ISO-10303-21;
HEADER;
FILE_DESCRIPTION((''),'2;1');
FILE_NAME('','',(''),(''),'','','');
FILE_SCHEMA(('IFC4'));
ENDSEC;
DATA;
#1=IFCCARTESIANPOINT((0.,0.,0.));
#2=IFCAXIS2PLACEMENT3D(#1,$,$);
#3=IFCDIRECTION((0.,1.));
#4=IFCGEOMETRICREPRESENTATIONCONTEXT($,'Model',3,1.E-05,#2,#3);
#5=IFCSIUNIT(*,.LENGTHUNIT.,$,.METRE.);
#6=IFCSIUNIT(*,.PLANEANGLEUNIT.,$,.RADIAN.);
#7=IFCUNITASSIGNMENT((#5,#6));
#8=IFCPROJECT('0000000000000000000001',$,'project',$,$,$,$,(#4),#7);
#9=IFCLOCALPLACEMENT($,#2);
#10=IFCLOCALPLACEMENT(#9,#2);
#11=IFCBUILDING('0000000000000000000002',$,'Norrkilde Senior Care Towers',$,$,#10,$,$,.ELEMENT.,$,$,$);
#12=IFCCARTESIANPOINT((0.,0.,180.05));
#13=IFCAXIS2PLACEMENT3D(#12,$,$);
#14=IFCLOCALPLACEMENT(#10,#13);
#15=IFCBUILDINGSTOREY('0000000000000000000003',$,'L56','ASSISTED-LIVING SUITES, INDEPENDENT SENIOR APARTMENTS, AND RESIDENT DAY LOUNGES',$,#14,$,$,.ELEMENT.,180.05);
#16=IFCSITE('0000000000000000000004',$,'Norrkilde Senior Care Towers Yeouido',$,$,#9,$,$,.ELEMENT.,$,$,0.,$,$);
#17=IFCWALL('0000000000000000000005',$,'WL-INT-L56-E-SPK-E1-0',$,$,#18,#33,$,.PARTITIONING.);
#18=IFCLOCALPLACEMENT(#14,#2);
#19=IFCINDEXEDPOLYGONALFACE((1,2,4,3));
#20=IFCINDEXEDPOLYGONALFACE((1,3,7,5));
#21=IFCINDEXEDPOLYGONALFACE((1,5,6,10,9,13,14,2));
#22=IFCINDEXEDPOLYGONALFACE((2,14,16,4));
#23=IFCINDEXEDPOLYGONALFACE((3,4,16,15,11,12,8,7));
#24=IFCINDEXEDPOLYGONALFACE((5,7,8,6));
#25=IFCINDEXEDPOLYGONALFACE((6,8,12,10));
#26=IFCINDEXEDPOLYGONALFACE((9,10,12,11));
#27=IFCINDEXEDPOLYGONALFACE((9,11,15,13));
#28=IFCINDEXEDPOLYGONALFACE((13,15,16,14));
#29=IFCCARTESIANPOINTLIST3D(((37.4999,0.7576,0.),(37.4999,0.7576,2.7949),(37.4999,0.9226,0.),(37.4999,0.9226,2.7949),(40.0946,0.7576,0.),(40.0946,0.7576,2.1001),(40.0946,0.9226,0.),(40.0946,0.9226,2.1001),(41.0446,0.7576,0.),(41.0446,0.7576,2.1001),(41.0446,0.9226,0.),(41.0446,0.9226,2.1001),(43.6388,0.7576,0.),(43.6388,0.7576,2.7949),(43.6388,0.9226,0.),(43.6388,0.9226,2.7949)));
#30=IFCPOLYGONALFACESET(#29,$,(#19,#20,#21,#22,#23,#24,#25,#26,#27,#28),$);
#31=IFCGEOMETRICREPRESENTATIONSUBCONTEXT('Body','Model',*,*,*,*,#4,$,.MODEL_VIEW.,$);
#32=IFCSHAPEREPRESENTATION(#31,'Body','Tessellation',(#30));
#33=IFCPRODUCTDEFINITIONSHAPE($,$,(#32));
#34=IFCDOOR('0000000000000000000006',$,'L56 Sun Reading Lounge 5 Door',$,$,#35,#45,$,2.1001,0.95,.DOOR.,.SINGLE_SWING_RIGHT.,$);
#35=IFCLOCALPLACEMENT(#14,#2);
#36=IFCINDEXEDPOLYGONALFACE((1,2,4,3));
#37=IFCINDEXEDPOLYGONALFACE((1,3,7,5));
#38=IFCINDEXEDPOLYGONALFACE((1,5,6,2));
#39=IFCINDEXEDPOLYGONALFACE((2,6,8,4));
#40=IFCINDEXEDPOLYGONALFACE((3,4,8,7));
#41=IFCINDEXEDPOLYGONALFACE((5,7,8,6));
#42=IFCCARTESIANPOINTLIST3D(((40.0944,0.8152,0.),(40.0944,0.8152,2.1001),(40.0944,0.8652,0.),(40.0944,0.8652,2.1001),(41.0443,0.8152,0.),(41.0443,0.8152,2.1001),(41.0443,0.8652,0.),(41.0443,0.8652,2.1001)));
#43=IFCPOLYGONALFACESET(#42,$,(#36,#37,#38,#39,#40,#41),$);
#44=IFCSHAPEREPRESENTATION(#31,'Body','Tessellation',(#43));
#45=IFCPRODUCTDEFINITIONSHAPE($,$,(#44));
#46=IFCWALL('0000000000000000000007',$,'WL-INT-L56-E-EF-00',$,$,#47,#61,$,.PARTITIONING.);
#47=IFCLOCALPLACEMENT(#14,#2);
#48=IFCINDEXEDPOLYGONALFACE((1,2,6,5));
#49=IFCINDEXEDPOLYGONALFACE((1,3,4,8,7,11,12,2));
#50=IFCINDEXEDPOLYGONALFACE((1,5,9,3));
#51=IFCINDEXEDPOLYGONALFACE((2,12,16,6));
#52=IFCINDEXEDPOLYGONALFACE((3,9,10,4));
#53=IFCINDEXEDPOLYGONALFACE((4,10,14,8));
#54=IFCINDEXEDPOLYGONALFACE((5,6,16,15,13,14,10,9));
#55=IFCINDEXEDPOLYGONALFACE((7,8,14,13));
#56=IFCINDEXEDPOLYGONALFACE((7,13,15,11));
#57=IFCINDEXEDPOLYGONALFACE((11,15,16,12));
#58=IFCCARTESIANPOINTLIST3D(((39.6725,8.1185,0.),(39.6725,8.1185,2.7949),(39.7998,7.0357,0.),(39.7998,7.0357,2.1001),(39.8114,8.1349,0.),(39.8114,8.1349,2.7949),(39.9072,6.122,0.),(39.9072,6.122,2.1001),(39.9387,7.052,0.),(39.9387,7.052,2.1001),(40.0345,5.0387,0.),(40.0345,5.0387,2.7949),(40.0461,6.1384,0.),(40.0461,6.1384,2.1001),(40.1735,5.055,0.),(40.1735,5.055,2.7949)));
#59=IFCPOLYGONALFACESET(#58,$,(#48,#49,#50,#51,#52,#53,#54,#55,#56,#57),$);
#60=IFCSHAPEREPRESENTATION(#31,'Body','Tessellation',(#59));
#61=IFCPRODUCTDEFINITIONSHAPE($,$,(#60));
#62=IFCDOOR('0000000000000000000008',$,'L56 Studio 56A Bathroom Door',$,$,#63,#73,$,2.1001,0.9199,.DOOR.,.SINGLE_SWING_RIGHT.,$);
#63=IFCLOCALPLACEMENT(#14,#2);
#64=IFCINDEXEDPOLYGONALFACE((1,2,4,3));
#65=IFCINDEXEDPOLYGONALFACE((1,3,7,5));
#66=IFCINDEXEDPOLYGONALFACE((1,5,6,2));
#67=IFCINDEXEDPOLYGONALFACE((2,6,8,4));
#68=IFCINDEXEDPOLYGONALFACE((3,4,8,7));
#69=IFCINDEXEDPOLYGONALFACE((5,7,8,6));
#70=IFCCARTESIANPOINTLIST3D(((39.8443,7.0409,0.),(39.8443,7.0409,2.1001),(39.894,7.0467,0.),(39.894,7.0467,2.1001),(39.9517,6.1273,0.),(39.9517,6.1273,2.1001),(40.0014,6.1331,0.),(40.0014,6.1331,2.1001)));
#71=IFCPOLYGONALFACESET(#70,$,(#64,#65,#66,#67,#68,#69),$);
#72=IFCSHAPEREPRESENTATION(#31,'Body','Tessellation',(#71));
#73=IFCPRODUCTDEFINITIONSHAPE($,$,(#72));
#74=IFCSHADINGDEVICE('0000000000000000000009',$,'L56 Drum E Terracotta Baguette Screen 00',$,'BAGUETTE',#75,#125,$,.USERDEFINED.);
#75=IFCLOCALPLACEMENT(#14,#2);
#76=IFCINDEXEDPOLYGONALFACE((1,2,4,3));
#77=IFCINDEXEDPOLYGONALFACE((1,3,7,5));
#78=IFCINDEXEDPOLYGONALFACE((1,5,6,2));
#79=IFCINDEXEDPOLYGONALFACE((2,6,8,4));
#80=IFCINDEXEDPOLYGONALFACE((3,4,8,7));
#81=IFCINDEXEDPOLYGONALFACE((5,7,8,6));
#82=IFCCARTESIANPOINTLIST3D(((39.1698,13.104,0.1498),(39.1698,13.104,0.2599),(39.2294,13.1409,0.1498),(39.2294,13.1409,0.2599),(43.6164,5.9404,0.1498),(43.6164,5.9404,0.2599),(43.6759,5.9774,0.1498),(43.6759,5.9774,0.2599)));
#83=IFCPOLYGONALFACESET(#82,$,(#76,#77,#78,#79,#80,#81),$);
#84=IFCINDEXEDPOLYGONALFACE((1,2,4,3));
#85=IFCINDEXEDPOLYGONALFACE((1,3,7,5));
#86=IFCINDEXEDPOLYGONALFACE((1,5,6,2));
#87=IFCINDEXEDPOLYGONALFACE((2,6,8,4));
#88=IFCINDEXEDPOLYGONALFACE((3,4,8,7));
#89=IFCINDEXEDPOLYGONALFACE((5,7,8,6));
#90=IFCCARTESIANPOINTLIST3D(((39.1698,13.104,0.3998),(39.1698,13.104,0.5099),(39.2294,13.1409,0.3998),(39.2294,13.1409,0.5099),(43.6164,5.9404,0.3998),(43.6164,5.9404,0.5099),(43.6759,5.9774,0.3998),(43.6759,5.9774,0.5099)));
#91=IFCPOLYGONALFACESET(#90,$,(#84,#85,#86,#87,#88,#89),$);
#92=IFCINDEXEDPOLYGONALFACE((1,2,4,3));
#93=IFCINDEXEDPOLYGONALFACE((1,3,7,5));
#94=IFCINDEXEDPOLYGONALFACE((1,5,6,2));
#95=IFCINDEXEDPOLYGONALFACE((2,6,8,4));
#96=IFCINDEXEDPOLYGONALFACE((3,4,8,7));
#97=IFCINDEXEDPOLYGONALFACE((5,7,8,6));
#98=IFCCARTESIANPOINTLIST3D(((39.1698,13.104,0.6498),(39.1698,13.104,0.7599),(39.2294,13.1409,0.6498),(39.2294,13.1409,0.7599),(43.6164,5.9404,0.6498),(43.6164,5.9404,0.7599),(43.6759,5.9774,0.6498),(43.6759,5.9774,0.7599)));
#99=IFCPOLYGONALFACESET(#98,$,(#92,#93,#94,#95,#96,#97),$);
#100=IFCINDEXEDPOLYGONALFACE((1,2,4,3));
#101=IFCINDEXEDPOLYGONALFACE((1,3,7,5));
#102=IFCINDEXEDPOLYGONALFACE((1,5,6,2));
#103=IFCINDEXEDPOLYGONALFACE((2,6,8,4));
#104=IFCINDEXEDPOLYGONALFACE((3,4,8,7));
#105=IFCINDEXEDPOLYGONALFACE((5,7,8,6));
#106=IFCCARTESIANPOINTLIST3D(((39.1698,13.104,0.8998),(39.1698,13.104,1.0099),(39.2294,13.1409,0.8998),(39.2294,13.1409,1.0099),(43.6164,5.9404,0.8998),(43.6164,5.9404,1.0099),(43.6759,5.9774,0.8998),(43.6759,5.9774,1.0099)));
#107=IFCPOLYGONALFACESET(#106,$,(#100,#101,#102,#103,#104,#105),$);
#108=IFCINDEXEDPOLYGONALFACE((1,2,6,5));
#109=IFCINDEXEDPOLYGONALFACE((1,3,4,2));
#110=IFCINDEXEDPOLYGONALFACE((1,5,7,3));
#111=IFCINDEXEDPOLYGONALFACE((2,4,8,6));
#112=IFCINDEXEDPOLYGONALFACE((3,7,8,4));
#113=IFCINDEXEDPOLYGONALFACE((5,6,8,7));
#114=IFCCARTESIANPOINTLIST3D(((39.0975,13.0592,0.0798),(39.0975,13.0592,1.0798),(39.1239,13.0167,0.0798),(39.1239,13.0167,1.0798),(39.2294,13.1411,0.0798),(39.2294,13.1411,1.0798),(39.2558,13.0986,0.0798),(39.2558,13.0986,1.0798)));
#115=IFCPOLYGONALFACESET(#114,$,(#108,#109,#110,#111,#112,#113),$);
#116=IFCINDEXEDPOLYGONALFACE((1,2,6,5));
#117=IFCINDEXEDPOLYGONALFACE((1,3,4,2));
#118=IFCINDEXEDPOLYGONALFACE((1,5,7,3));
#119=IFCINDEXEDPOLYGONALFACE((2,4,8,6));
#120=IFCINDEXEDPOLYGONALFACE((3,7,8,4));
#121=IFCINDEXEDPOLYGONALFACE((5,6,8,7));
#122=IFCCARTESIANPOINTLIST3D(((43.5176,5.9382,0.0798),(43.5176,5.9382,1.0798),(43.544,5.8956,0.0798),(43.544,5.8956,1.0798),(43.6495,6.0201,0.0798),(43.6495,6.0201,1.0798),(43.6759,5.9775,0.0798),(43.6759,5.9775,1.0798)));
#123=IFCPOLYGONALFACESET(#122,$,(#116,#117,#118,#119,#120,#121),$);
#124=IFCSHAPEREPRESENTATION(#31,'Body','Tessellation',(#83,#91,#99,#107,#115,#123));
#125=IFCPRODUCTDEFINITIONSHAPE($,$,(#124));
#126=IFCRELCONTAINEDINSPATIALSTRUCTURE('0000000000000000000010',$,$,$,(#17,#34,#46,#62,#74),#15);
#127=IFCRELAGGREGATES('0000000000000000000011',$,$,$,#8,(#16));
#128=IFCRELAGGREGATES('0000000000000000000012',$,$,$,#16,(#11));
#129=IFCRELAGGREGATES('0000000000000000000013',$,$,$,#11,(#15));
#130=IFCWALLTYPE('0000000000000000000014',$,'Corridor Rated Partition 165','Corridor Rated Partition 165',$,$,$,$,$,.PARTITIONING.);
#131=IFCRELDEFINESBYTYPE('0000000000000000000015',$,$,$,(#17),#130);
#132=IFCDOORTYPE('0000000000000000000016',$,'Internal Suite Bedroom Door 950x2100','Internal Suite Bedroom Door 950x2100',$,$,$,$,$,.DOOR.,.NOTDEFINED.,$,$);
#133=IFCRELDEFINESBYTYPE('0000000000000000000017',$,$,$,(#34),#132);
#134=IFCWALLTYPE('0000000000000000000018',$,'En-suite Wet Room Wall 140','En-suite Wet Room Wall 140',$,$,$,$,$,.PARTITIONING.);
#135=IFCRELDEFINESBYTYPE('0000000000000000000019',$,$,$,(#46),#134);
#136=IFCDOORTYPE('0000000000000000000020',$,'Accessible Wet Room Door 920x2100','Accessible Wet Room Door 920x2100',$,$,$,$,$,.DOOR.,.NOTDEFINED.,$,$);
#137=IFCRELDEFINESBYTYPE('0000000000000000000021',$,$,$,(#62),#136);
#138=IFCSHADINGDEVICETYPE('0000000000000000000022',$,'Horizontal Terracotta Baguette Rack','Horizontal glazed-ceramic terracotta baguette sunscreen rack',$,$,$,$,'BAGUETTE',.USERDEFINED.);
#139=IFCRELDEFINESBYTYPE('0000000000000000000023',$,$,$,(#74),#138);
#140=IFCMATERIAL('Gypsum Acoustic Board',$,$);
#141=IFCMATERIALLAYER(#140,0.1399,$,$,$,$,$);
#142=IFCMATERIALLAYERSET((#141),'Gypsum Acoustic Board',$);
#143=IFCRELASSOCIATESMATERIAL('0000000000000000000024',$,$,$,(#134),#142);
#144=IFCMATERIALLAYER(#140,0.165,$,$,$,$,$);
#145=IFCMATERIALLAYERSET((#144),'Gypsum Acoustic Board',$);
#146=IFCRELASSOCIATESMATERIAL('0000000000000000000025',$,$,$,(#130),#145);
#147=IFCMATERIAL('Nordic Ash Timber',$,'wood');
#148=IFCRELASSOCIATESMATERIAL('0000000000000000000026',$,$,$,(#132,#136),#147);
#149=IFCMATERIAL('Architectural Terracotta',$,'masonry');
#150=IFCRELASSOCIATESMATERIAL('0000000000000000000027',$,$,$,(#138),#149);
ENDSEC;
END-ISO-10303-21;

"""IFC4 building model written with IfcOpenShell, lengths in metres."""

from ifc_helpers import new_model, si_unit, direction, frame, frame_2d, origin, origin_2d, place, context, subcontext, project, spatial, rectangle, extrude, source, transform, mapped, material, layer, layer_set, type_object, type_shapes, element, fill, save


model = new_model("IFC4")

# Units and contexts
model_context = context("Model", 3, precision=1e-05, world=origin(), true_north=direction((0.0, 1.0)))
body_context = subcontext(model_context, "Body", "Model", "MODEL_VIEW")
ifc_project = project(units=[si_unit("LENGTHUNIT", "METRE"), si_unit("PLANEANGLEUNIT", "RADIAN")], contexts=[model_context])

# Site, building, storey
site_placement = place(None, origin())
site = spatial("IfcSite", under=ifc_project, at=site_placement, Name="Norrkilde Senior Care Towers Yeouido", CompositionType="ELEMENT", RefElevation=0.0)
building_placement = place(site_placement, origin())
building = spatial("IfcBuilding", under=site, at=building_placement, Name="Norrkilde Senior Care Towers", CompositionType="ELEMENT")
storey_placement = place(building_placement, frame((0.0, 0.0, 180.05)))
storey = spatial("IfcBuildingStorey", under=building, at=storey_placement, Name="L56", Description="ASSISTED-LIVING SUITES, INDEPENDENT SENIOR APARTMENTS, AND RESIDENT DAY LOUNGES", CompositionType="ELEMENT", Elevation=180.05)

# Shared definitions
ifc_material_1 = material(Name="Gypsum Acoustic Board")
ifc_layer_1 = layer(ifc_material_1, 0.1399)
ifc_layer_set_1 = layer_set([ifc_layer_1], Name="Gypsum Acoustic Board")
wall_type_1 = type_object("IfcWallType", Name="En-suite Wet Room Wall 140", Description="En-suite Wet Room Wall 140", PredefinedType="PARTITIONING", material=ifc_layer_set_1)
ifc_layer_2 = layer(ifc_material_1, 0.165)
ifc_layer_set_2 = layer_set([ifc_layer_2], Name="Gypsum Acoustic Board")
wall_type_2 = type_object("IfcWallType", Name="Corridor Rated Partition 165", Description="Corridor Rated Partition 165", PredefinedType="PARTITIONING", material=ifc_layer_set_2)

# Walls, openings, doors
shared_shape_1 = source(origin(), body_context, "Body", "SweptSolid", [
    extrude(rectangle(XDim=6.1389, YDim=0.165, at=frame_2d((3.0693, 0.0))), origin(), (0.0, 0.0, 1.0), 2.7949),
])
wall_1_placement = place(storey_placement, frame((37.5, 0.8401, 0.0), z_axis=(0.0, 0.0, 1.0), x_axis=(1.0, 0.0, 0.0)))
wall_1 = element("IfcWall", 1, at=wall_1_placement, inside=storey, type_object=wall_type_2, Name="WL-INT-L56-E-SPK-E1-0", PredefinedType="PARTITIONING", context=body_context, shape_type="MappedRepresentation", body=[
    mapped(shared_shape_1, transform((0.0, 0.0, 0.0), x_axis=(1.0, 0.0, 0.0), y_axis=(0.0, 1.0, 0.0), z_axis=(0.0, 0.0, 1.0), scale=1.0)),
])
opening_1_placement = place(wall_1_placement, frame((2.5945, 0.0, 0.0)))
opening_1 = element("IfcOpeningElement", 2, at=opening_1_placement, cuts=wall_1, PredefinedType="OPENING", context=body_context, shape_type="SweptSolid", body=[
    extrude(rectangle(XDim=0.95, YDim=2.1001, at=frame_2d((0.4751, 1.05))), frame((0.0, 0.0925, 0.0), z_axis=(0.0, -1.0, 0.0), x_axis=(1.0, 0.0, 0.0)), (0.0, 0.0, 1.0), 0.1851),
])
ifc_material_2 = material(Name="Nordic Ash Timber", Category="wood")
door_type_1 = type_object("IfcDoorType", Name="Internal Suite Bedroom Door 950x2100", Description="Internal Suite Bedroom Door 950x2100", OperationType="NOTDEFINED", PredefinedType="DOOR", material=ifc_material_2)
shared_shape_2 = source(origin(), body_context, "Body", "SweptSolid", [
    extrude(rectangle(XDim=0.95, YDim=2.1001, at=frame_2d((0.4751, 1.05))), frame((0.0, 0.0249, 0.0), z_axis=(0.0, -1.0, 0.0), x_axis=(1.0, 0.0, 0.0)), (0.0, 0.0, 1.0), 0.05),
])
type_shapes(door_type_1, [shared_shape_2])
door_1_placement = place(opening_1_placement, frame((0.95, 0.0, 0.0), z_axis=(0.0, 0.0, 1.0), x_axis=(-1.0, 0.0, 0.0)))
door_1 = element("IfcDoor", 3, at=door_1_placement, inside=storey, type_object=door_type_1, Name="L56 Sun Reading Lounge 5 Door", OperationType="SINGLE_SWING_RIGHT", OverallHeight=2.1001, OverallWidth=0.95, PredefinedType="DOOR", context=body_context, shape_type="MappedRepresentation", body=[
    mapped(shared_shape_2, transform((0.0, 0.0, 0.0), x_axis=(1.0, 0.0, 0.0), y_axis=(0.0, 1.0, 0.0), z_axis=(0.0, 0.0, 1.0), scale=1.0)),
])
fill(opening_1, door_1)
shared_shape_3 = source(origin(), body_context, "Body", "SweptSolid", [
    extrude(rectangle(XDim=3.1011, YDim=0.1399, at=frame_2d((1.5505, 0.0))), origin(), (0.0, 0.0, 1.0), 2.7949),
])
wall_2_placement = place(storey_placement, frame((39.7419, 8.1267, 0.0), z_axis=(0.0, 0.0, 1.0), x_axis=(0.116754, -0.993161, 0.0)))
wall_2 = element("IfcWall", 4, at=wall_2_placement, inside=storey, type_object=wall_type_1, Name="WL-INT-L56-E-EF-00", PredefinedType="PARTITIONING", context=body_context, shape_type="MappedRepresentation", body=[
    mapped(shared_shape_3, transform((0.0, 0.0, 0.0), x_axis=(1.0, 0.0, 0.0), y_axis=(0.0, 1.0, 0.0), z_axis=(0.0, 0.0, 1.0), scale=1.0)),
])
opening_2_placement = place(wall_2_placement, frame((1.0903, 0.0, 0.0)))
opening_2 = element("IfcOpeningElement", 5, at=opening_2_placement, cuts=wall_2, PredefinedType="OPENING", context=body_context, shape_type="SweptSolid", body=[
    extrude(rectangle(XDim=0.9199, YDim=2.1001, at=frame_2d((0.46, 1.05))), frame((0.0, 0.0798, 0.0), z_axis=(0.0, -1.0, 0.0), x_axis=(1.0, 0.0, 0.0)), (0.0, 0.0, 1.0), 0.1599),
])
door_type_2 = type_object("IfcDoorType", Name="Accessible Wet Room Door 920x2100", Description="Accessible Wet Room Door 920x2100", OperationType="NOTDEFINED", PredefinedType="DOOR", material=ifc_material_2)
shared_shape_4 = source(origin(), body_context, "Body", "SweptSolid", [
    extrude(rectangle(XDim=0.9199, YDim=2.1001, at=frame_2d((0.46, 1.05))), frame((0.0, 0.0249, 0.0), z_axis=(0.0, -1.0, 0.0), x_axis=(1.0, 0.0, 0.0)), (0.0, 0.0, 1.0), 0.05),
])
type_shapes(door_type_2, [shared_shape_4])
door_2_placement = place(opening_2_placement, origin())
door_2 = element("IfcDoor", 6, at=door_2_placement, inside=storey, type_object=door_type_2, Name="L56 Studio 56A Bathroom Door", OperationType="SINGLE_SWING_RIGHT", OverallHeight=2.1001, OverallWidth=0.9199, PredefinedType="DOOR", context=body_context, shape_type="MappedRepresentation", body=[
    mapped(shared_shape_4, transform((0.0, 0.0, 0.0), x_axis=(1.0, 0.0, 0.0), y_axis=(0.0, 1.0, 0.0), z_axis=(0.0, 0.0, 1.0), scale=1.0)),
])
fill(opening_2, door_2)

# Shading device
ifc_material_3 = material(Name="Architectural Terracotta", Category="masonry")
shading_device_type = type_object("IfcShadingDeviceType", Name="Horizontal Terracotta Baguette Rack", Description="Horizontal glazed-ceramic terracotta baguette sunscreen rack", ElementType="BAGUETTE", PredefinedType="USERDEFINED", material=ifc_material_3)
shared_shape_5 = source(origin(), body_context, "Body", "SweptSolid", [
    extrude(rectangle(XDim=0.0701, YDim=0.1101, at=origin_2d()), frame((0.0, 0.0901, 0.125), z_axis=(1.0, 0.0, 0.0), x_axis=(0.0, 1.0, 0.0)), (0.0, 0.0, 1.0), 8.4314),
    extrude(rectangle(XDim=0.0701, YDim=0.1101, at=origin_2d()), frame((0.0, 0.0901, 0.375), z_axis=(1.0, 0.0, 0.0), x_axis=(0.0, 1.0, 0.0)), (0.0, 0.0, 1.0), 8.4314),
    extrude(rectangle(XDim=0.0701, YDim=0.1101, at=origin_2d()), frame((0.0, 0.0901, 0.625), z_axis=(1.0, 0.0, 0.0), x_axis=(0.0, 1.0, 0.0)), (0.0, 0.0, 1.0), 8.4314),
    extrude(rectangle(XDim=0.0701, YDim=0.1101, at=origin_2d()), frame((0.0, 0.0901, 0.875), z_axis=(1.0, 0.0, 0.0), x_axis=(0.0, 1.0, 0.0)), (0.0, 0.0, 1.0), 8.4314),
    extrude(rectangle(XDim=0.05, YDim=0.1553, at=origin_2d()), frame((0.0249, 0.0476, 0.0)), (0.0, 0.0, 1.0), 1.0),
    extrude(rectangle(XDim=0.05, YDim=0.1553, at=origin_2d()), frame((8.4062, 0.0476, 0.0)), (0.0, 0.0, 1.0), 1.0),
])
type_shapes(shading_device_type, [shared_shape_5])
shading_device_placement = place(storey_placement, frame((39.123, 13.075, 0.0798), z_axis=(0.0, 0.0, 1.0), x_axis=(0.527378, -0.849631, 0.0)))
element("IfcShadingDevice", 7, at=shading_device_placement, inside=storey, type_object=shading_device_type, Name="L56 Drum E Terracotta Baguette Screen 00", ObjectType="BAGUETTE", PredefinedType="USERDEFINED", context=body_context, shape_type="MappedRepresentation", body=[
    mapped(shared_shape_5, transform((0.0, 0.0, 0.0), x_axis=(1.0, 0.0, 0.0), y_axis=(0.0, 1.0, 0.0), z_axis=(0.0, 0.0, 1.0), scale=1.0)),
])

save(model, "model.ifc")
